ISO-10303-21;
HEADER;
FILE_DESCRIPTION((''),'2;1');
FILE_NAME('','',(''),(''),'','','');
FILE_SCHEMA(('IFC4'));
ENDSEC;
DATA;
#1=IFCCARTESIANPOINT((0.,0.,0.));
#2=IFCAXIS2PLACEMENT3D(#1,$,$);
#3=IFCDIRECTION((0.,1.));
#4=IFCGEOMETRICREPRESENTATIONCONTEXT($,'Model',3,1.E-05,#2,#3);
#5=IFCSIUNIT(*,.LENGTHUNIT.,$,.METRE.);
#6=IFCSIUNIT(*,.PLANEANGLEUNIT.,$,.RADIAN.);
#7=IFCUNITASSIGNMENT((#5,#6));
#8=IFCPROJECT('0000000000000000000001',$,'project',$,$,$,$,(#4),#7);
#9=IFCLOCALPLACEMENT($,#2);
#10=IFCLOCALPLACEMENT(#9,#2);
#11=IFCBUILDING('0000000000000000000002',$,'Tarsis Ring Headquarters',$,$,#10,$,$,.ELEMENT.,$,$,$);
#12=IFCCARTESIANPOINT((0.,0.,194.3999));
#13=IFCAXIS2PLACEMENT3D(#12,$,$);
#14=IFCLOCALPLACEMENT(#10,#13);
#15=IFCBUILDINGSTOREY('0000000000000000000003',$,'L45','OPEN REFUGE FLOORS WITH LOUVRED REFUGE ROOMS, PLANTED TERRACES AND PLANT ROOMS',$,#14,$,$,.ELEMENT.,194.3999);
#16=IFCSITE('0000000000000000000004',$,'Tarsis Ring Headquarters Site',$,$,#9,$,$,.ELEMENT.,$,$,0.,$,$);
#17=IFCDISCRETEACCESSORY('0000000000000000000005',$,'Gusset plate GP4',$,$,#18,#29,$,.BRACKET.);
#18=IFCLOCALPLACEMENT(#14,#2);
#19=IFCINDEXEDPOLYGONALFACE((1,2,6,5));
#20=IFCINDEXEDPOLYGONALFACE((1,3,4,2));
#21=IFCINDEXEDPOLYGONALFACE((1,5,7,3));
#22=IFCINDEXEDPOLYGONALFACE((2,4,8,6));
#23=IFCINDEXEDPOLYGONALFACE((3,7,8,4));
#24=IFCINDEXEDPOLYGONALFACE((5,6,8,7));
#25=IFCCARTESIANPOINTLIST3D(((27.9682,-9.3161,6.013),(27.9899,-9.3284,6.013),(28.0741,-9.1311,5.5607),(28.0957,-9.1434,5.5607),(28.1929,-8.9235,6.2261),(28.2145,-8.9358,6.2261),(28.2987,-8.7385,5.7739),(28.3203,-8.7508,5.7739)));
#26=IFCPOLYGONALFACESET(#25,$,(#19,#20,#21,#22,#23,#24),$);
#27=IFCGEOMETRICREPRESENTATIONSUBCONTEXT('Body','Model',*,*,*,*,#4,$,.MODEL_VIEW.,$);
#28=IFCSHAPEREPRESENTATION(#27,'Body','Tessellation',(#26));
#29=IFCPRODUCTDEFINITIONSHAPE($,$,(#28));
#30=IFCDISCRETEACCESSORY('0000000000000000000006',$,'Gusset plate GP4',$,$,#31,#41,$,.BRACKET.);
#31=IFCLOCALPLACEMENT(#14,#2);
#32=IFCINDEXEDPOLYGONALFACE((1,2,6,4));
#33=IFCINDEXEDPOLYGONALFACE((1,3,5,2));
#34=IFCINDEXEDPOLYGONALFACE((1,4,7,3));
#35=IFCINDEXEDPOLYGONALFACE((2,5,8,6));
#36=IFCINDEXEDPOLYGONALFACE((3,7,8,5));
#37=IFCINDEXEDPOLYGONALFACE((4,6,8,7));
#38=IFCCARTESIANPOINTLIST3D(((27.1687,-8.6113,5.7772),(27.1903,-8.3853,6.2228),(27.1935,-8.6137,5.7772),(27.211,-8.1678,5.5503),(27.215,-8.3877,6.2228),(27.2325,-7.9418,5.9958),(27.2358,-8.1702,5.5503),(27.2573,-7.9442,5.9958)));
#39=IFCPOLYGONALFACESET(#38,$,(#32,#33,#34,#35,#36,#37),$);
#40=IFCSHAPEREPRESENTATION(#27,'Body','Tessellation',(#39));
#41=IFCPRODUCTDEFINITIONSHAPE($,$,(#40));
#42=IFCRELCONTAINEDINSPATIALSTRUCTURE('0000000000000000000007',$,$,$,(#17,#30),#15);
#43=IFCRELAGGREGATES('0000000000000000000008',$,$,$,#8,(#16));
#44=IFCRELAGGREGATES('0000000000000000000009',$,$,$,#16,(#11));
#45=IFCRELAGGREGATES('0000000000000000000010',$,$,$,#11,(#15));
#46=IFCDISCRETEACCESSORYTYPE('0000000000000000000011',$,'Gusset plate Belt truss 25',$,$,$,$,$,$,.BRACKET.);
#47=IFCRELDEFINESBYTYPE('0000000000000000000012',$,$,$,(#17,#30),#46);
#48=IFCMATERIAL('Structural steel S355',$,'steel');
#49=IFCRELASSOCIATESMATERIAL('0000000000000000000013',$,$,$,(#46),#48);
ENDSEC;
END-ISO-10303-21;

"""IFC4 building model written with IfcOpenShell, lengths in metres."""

from ifc_helpers import new_model, si_unit, direction, frame, origin, origin_2d, place, context, subcontext, project, spatial, rectangle, extrude, material, material_profile, profile_set, type_object, element, save


model = new_model("IFC4")

# Units and contexts
model_context = context("Model", 3, precision=1e-05, world=origin(), true_north=direction((0.0, 1.0)))
body_context = subcontext(model_context, "Body", "Model", "MODEL_VIEW")
ifc_project = project(units=[si_unit("LENGTHUNIT", "METRE"), si_unit("PLANEANGLEUNIT", "RADIAN")], contexts=[model_context])

# Site, building, storey
site_placement = place(None, origin())
site = spatial("IfcSite", under=ifc_project, at=site_placement, Name="Tarsis Ring Headquarters Site", CompositionType="ELEMENT", RefElevation=0.0)
building_placement = place(site_placement, origin())
building = spatial("IfcBuilding", under=site, at=building_placement, Name="Tarsis Ring Headquarters", CompositionType="ELEMENT")
storey_placement = place(building_placement, frame((0.0, 0.0, 194.3999)))
storey = spatial("IfcBuildingStorey", under=building, at=storey_placement, Name="L45", Description="OPEN REFUGE FLOORS WITH LOUVRED REFUGE ROOMS, PLANTED TERRACES AND PLANT ROOMS", CompositionType="ELEMENT", Elevation=194.3999)

# Shared definitions
ifc_material_1 = material(Name="Structural steel S355", Category="steel")

# Discrete accessories
ifc_material_profile_1 = material_profile(ifc_material_1, rectangle(XDim=0.0249, YDim=0.5, at=origin_2d()), Name="PL 25x500")
ifc_profile_set_1 = profile_set([ifc_material_profile_1], Name="Structural steel S355")
discrete_accessory_type = type_object("IfcDiscreteAccessoryType", Name="Gusset plate Belt truss 25", PredefinedType="BRACKET", material=ifc_profile_set_1)
for number, where, z_axis, x_axis, name in (
    (1, (28.2566, -8.8372, 6.0), (-0.449225, -0.785167, -0.426275), (0.867977, -0.496604, 0.0), "Gusset plate GP4"),
    (2, (27.1919, -8.4995, 6.0), (0.084452, 0.886994, -0.453993), (-0.995498, 0.094783, 0.0), "Gusset plate GP4"),
):
    element("IfcDiscreteAccessory", number, at=place(storey_placement, frame(where, z_axis=z_axis, x_axis=x_axis)), inside=storey, type_object=discrete_accessory_type, Name=name, PredefinedType="BRACKET", context=body_context, shape_type="SweptSolid", body=[
        extrude(rectangle(XDim=0.0249, YDim=0.5, at=origin_2d()), origin(), (0.0, 0.0, 1.0), 0.5),
    ])

save(model, "model.ifc")
